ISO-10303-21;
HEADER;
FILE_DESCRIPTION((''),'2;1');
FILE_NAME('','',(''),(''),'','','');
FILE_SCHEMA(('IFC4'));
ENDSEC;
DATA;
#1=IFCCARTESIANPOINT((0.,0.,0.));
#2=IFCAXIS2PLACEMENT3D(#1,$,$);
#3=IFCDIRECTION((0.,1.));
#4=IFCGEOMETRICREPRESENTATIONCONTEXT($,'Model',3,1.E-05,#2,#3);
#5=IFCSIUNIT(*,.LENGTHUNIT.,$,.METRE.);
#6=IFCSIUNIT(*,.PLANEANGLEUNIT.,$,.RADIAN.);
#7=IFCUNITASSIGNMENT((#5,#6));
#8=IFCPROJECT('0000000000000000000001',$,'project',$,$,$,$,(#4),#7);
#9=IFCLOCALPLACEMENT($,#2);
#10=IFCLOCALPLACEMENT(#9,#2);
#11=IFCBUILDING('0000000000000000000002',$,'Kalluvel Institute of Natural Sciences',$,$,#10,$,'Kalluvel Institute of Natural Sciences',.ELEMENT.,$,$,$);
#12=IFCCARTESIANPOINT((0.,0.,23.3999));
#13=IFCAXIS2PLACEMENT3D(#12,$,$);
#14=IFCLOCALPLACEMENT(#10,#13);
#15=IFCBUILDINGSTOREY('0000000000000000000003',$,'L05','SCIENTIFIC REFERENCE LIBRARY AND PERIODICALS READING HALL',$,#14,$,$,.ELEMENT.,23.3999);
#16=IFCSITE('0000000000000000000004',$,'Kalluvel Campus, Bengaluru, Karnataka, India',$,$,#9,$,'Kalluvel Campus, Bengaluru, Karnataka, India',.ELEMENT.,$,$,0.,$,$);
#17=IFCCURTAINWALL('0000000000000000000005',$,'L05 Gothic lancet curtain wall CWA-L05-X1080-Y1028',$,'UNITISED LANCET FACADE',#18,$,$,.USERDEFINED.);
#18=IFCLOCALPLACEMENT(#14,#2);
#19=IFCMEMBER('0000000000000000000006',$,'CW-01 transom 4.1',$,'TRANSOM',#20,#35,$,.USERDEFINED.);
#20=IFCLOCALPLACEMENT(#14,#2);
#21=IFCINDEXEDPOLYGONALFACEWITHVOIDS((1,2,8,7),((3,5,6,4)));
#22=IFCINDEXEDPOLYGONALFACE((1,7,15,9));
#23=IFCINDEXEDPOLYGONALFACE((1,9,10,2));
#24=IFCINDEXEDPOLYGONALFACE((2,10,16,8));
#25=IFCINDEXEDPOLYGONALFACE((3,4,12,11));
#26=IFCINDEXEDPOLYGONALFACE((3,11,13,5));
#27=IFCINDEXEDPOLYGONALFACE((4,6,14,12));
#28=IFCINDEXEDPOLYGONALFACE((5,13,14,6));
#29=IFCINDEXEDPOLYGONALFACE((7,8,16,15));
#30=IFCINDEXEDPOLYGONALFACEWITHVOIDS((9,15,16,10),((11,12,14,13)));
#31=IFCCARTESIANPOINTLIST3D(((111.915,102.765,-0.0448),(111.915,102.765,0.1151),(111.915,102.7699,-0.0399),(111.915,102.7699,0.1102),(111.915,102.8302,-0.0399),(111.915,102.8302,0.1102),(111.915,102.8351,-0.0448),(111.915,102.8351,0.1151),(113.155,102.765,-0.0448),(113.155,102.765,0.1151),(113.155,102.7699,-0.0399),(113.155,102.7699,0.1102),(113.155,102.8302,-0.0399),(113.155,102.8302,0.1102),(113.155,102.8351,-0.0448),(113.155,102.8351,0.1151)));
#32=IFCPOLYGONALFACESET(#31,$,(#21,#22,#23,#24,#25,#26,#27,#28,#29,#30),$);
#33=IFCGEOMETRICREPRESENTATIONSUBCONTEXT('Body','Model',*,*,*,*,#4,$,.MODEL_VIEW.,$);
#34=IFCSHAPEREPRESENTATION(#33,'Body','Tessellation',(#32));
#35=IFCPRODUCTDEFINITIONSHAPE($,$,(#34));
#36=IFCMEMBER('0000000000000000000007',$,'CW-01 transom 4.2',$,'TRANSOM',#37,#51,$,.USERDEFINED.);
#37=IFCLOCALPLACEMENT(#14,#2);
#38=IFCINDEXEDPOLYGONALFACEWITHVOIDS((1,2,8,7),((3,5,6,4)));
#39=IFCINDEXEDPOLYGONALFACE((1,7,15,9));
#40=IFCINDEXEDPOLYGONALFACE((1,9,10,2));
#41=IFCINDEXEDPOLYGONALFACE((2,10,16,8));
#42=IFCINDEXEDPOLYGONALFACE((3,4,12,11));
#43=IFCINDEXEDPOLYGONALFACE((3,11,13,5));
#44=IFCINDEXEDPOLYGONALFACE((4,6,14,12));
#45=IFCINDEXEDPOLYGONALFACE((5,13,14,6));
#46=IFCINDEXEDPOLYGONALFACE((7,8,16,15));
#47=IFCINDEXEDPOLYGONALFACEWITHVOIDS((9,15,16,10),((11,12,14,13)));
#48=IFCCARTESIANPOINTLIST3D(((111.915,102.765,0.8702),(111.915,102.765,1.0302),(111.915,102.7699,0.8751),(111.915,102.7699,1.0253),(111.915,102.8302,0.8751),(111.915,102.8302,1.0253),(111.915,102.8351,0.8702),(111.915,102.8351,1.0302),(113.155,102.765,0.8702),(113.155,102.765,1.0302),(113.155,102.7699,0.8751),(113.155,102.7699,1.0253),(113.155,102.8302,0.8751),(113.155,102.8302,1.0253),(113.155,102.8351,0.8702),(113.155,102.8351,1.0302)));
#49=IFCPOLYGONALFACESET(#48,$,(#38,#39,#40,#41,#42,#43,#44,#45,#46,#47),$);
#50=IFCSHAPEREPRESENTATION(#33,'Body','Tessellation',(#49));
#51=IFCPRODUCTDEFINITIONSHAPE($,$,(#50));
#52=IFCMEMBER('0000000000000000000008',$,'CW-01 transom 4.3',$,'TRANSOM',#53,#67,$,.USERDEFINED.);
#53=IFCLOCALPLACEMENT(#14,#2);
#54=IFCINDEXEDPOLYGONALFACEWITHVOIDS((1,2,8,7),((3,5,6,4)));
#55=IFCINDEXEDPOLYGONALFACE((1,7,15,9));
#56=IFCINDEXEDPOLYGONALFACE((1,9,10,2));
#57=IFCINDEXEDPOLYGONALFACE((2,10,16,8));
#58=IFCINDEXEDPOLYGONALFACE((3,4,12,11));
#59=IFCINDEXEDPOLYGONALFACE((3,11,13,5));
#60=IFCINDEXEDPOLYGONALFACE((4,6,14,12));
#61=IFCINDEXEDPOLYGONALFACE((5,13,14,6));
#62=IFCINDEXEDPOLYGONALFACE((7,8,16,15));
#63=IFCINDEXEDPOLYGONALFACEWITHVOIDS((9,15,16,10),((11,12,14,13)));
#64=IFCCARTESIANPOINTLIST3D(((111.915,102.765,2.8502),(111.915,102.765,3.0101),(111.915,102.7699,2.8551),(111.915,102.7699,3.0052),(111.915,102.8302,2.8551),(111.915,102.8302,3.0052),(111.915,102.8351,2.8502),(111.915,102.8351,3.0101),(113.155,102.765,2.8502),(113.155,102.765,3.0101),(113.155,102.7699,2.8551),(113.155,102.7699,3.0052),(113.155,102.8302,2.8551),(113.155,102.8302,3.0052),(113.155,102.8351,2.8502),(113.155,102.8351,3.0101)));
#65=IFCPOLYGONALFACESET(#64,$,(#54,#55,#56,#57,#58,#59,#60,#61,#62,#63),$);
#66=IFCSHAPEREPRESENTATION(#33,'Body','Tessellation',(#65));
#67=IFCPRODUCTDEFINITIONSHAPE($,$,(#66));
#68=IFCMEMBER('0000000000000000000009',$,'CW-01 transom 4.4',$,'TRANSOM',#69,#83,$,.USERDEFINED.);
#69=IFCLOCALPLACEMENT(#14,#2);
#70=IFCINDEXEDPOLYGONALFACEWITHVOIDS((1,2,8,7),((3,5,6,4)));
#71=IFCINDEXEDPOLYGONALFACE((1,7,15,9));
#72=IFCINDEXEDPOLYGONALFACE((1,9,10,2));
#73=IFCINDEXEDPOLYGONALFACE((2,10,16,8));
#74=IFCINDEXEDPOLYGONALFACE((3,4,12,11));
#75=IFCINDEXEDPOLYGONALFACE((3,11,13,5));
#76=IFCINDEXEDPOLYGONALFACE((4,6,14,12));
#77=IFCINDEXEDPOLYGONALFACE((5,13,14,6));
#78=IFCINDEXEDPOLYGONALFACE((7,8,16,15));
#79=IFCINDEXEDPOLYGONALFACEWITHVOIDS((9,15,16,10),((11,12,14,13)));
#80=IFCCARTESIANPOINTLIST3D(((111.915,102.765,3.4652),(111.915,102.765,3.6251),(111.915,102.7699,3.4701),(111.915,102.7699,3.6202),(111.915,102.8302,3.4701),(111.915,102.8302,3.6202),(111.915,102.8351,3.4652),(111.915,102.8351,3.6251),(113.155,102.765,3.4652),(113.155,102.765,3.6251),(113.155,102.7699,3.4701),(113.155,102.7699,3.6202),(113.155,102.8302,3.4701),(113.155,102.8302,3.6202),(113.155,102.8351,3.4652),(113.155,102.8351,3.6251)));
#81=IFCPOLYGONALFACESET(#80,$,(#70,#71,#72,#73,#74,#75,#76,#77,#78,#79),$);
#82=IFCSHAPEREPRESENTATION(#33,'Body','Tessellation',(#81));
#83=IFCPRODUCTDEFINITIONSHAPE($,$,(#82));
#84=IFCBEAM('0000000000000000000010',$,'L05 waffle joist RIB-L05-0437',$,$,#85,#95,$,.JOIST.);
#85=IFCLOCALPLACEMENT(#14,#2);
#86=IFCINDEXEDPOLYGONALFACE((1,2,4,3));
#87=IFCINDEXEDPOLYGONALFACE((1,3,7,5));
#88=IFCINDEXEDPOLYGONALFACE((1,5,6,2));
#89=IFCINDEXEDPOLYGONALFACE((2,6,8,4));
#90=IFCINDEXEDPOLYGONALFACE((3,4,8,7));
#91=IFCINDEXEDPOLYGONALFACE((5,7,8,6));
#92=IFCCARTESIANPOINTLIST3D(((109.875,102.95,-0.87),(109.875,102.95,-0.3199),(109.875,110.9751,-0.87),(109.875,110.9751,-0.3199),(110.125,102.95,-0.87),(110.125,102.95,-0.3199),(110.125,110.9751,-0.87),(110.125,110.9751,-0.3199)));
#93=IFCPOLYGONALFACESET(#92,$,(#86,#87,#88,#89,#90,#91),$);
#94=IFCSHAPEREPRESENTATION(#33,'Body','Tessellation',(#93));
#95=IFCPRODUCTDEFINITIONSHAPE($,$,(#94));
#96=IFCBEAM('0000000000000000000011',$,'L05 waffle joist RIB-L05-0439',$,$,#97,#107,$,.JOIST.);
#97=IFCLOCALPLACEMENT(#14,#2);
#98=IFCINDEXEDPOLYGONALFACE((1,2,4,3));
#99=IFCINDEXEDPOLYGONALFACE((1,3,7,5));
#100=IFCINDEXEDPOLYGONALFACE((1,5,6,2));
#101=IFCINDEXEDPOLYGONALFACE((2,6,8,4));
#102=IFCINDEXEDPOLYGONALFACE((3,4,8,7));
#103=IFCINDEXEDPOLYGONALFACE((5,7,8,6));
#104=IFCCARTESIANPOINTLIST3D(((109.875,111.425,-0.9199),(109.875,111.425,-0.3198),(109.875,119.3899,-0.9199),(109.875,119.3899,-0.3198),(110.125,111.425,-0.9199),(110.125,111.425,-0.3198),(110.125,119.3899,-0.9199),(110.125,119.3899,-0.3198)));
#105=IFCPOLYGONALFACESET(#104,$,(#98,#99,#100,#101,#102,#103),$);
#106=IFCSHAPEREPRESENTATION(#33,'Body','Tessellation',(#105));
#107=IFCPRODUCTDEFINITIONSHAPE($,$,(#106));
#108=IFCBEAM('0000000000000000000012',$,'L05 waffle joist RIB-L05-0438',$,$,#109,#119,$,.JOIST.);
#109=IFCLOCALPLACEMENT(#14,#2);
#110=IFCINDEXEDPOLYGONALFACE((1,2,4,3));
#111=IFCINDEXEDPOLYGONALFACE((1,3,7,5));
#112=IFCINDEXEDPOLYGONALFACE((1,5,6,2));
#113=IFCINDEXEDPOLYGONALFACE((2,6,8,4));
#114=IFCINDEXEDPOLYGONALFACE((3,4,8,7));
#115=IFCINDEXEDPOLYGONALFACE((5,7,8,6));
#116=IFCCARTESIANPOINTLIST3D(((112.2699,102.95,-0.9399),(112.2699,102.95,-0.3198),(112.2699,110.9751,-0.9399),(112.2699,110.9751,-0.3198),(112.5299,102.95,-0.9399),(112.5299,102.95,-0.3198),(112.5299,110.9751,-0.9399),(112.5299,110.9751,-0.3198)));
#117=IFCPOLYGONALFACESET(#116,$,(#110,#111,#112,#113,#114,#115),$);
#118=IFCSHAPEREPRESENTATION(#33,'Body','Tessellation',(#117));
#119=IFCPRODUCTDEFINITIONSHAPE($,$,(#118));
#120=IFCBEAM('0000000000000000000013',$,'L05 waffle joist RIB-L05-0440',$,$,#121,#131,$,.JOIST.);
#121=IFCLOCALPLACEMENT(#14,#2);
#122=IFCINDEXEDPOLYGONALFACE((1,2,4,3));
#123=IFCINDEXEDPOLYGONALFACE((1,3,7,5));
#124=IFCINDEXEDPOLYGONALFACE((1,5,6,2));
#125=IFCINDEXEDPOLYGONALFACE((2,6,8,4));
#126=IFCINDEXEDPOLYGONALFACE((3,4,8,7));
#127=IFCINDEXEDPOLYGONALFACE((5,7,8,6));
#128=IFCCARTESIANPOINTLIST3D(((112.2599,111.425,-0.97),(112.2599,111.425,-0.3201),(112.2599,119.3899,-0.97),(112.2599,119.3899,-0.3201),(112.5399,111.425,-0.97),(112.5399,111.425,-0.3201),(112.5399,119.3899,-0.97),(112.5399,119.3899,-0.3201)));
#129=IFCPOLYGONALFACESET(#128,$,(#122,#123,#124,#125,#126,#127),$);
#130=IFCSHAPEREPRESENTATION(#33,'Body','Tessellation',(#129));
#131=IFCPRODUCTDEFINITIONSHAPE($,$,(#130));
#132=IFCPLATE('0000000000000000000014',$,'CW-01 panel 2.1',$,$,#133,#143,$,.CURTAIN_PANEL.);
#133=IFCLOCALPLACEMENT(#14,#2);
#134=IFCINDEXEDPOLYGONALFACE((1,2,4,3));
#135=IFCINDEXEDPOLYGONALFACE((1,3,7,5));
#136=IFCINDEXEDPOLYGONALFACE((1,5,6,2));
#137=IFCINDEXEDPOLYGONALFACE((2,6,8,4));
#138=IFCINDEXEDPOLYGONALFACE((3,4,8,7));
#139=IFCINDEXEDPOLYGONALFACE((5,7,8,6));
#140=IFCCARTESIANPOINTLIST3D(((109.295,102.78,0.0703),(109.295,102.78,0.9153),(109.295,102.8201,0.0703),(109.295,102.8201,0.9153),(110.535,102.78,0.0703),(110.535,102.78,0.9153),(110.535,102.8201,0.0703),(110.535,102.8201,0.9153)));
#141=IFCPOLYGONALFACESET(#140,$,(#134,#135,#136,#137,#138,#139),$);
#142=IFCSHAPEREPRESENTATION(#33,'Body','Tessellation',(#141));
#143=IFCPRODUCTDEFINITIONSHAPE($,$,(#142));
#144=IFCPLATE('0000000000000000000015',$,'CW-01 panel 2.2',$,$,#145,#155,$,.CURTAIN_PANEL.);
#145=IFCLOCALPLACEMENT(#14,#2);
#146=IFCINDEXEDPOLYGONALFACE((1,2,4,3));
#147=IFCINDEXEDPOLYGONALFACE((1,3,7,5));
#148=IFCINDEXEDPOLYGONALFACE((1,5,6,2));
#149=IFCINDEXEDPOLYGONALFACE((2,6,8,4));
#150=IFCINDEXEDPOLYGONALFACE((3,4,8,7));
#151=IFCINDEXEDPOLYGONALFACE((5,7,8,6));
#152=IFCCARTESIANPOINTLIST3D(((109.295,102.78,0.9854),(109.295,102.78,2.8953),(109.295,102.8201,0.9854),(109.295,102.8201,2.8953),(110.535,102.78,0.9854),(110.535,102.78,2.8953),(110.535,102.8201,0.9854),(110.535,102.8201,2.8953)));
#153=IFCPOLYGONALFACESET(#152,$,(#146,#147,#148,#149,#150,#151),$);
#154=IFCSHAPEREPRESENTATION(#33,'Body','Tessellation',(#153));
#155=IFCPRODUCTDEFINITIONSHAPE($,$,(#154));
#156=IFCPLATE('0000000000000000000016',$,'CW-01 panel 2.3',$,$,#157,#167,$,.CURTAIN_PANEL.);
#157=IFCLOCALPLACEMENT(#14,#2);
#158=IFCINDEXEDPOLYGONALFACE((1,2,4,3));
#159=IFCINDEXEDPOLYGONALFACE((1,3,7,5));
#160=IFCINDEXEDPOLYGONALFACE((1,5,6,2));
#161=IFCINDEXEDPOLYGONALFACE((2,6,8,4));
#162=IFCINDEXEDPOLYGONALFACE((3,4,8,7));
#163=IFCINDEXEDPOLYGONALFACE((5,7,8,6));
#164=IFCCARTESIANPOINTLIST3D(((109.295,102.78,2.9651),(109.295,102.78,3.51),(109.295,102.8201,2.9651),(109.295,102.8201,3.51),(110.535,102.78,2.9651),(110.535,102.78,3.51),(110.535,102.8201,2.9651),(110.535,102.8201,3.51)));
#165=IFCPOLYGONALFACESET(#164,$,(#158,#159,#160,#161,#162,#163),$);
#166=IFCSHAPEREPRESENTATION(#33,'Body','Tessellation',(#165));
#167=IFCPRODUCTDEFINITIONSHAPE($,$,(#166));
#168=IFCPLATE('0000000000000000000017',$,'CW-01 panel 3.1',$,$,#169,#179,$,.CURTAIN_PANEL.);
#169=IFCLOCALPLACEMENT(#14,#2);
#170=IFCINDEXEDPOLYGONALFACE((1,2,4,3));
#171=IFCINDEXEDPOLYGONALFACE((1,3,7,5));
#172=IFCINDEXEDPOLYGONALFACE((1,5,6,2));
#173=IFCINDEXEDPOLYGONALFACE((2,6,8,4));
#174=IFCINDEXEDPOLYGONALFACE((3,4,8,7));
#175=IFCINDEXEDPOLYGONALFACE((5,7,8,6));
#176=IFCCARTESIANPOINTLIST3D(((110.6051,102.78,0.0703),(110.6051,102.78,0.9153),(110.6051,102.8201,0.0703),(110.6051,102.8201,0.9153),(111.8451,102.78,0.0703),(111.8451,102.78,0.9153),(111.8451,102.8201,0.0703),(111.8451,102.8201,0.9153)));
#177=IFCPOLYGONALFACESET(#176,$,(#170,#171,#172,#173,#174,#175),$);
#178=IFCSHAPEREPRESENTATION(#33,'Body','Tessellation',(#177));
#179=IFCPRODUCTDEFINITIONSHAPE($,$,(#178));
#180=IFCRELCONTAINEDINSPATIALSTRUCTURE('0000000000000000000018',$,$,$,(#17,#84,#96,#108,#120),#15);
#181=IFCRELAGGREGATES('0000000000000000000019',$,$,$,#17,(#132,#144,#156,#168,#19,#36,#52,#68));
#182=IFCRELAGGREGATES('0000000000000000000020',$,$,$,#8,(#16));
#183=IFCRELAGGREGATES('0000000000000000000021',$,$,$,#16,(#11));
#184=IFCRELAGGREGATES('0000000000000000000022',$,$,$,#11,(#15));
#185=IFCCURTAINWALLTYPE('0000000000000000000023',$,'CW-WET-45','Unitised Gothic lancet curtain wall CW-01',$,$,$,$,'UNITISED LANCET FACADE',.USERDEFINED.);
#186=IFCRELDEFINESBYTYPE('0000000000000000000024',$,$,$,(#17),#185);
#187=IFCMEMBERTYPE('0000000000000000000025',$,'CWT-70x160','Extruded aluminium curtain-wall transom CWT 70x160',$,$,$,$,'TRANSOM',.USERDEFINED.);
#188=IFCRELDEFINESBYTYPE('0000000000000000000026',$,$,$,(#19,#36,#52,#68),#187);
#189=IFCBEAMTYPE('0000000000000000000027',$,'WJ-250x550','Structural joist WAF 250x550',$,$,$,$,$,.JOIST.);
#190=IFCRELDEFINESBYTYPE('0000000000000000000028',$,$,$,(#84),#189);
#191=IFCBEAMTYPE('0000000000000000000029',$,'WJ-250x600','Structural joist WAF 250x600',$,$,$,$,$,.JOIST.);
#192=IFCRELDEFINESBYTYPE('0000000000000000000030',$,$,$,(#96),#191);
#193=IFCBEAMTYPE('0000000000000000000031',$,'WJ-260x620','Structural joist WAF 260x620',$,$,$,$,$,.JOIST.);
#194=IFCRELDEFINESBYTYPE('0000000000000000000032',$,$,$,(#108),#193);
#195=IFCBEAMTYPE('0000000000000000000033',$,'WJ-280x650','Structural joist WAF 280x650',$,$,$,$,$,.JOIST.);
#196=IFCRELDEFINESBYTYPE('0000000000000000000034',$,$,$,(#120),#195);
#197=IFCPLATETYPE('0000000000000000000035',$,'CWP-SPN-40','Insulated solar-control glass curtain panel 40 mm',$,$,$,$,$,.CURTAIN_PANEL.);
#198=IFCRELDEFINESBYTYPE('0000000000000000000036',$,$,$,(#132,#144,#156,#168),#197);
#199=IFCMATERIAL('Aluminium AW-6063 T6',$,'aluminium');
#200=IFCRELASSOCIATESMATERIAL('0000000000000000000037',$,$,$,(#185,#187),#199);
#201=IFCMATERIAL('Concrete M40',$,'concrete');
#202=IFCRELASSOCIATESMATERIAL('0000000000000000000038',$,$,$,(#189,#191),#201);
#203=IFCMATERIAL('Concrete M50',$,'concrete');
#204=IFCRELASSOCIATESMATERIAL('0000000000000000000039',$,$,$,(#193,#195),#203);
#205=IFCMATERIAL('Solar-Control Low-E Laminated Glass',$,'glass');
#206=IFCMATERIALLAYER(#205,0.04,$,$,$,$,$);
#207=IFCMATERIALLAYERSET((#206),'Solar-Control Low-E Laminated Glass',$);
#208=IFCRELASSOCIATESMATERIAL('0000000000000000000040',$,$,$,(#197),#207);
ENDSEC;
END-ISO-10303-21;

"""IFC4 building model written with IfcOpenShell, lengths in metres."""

from ifc_helpers import new_model, si_unit, direction, frame, origin, origin_2d, place, context, subcontext, project, spatial, rectangle, hollow_rectangle, extrude, material, layer, layer_set, material_profile, profile_set, type_object, element, aggregate, save


model = new_model("IFC4")

# Units and contexts
model_context = context("Model", 3, precision=1e-05, world=origin(), true_north=direction((0.0, 1.0)))
body_context = subcontext(model_context, "Body", "Model", "MODEL_VIEW")
ifc_project = project(units=[si_unit("LENGTHUNIT", "METRE"), si_unit("PLANEANGLEUNIT", "RADIAN")], contexts=[model_context])

# Site, building, storey
site_placement = place(None, origin())
site = spatial("IfcSite", under=ifc_project, at=site_placement, Name="Kalluvel Campus, Bengaluru, Karnataka, India", LongName="Kalluvel Campus, Bengaluru, Karnataka, India", CompositionType="ELEMENT", RefElevation=0.0)
building_placement = place(site_placement, origin())
building = spatial("IfcBuilding", under=site, at=building_placement, Name="Kalluvel Institute of Natural Sciences", LongName="Kalluvel Institute of Natural Sciences", CompositionType="ELEMENT")
storey_placement = place(building_placement, frame((0.0, 0.0, 23.3999)))
storey = spatial("IfcBuildingStorey", under=building, at=storey_placement, Name="L05", Description="SCIENTIFIC REFERENCE LIBRARY AND PERIODICALS READING HALL", CompositionType="ELEMENT", Elevation=23.3999)

# Curtain wall, members
ifc_material_1 = material(Name="Aluminium AW-6063 T6", Category="aluminium")
curtain_wall_type = type_object("IfcCurtainWallType", Name="CW-WET-45", Description="Unitised Gothic lancet curtain wall CW-01", ElementType="UNITISED LANCET FACADE", PredefinedType="USERDEFINED", material=ifc_material_1)
curtain_wall_placement = place(storey_placement, origin())
curtain_wall = element("IfcCurtainWall", 1, at=curtain_wall_placement, inside=storey, type_object=curtain_wall_type, Name="L05 Gothic lancet curtain wall CWA-L05-X1080-Y1028", ObjectType="UNITISED LANCET FACADE", PredefinedType="USERDEFINED")
ifc_material_profile_1 = material_profile(ifc_material_1, hollow_rectangle(XDim=0.0701, YDim=0.1599, WallThickness=0.0049, at=origin_2d()), Name="CWT 70x160")
ifc_profile_set_1 = profile_set([ifc_material_profile_1], Name="Aluminium AW-6063 T6")
member_type_1 = type_object("IfcMemberType", Name="CWT-70x160", Description="Extruded aluminium curtain-wall transom CWT 70x160", ElementType="TRANSOM", PredefinedType="USERDEFINED", material=ifc_profile_set_1)
member_1_placement = place(storey_placement, frame((111.915, 102.8, 0.0352), z_axis=(1.0, 0.0, 0.0), x_axis=(0.0, 1.0, 0.0)))
member_1 = element("IfcMember", 2, at=member_1_placement, type_object=member_type_1, Name="CW-01 transom 4.1", ObjectType="TRANSOM", PredefinedType="USERDEFINED", context=body_context, shape_type="SweptSolid", body=[
    extrude(hollow_rectangle(XDim=0.0701, YDim=0.1599, WallThickness=0.0049, at=origin_2d()), origin(), (0.0, 0.0, 1.0), 1.24),
])
member_2_placement = place(storey_placement, frame((111.915, 102.8, 0.9502), z_axis=(1.0, 0.0, 0.0), x_axis=(0.0, 1.0, 0.0)))
member_2 = element("IfcMember", 3, at=member_2_placement, type_object=member_type_1, Name="CW-01 transom 4.2", ObjectType="TRANSOM", PredefinedType="USERDEFINED", context=body_context, shape_type="SweptSolid", body=[
    extrude(hollow_rectangle(XDim=0.0701, YDim=0.1599, WallThickness=0.0049, at=origin_2d()), origin(), (0.0, 0.0, 1.0), 1.24),
])
member_3_placement = place(storey_placement, frame((111.915, 102.8, 2.9302), z_axis=(1.0, 0.0, 0.0), x_axis=(0.0, 1.0, 0.0)))
member_3 = element("IfcMember", 4, at=member_3_placement, type_object=member_type_1, Name="CW-01 transom 4.3", ObjectType="TRANSOM", PredefinedType="USERDEFINED", context=body_context, shape_type="SweptSolid", body=[
    extrude(hollow_rectangle(XDim=0.0701, YDim=0.1599, WallThickness=0.0049, at=origin_2d()), origin(), (0.0, 0.0, 1.0), 1.24),
])
member_4_placement = place(storey_placement, frame((111.915, 102.8, 3.5452), z_axis=(1.0, 0.0, 0.0), x_axis=(0.0, 1.0, 0.0)))
member_4 = element("IfcMember", 5, at=member_4_placement, type_object=member_type_1, Name="CW-01 transom 4.4", ObjectType="TRANSOM", PredefinedType="USERDEFINED", context=body_context, shape_type="SweptSolid", body=[
    extrude(hollow_rectangle(XDim=0.0701, YDim=0.1599, WallThickness=0.0049, at=origin_2d()), origin(), (0.0, 0.0, 1.0), 1.24),
])

# Beams
ifc_material_2 = material(Name="Concrete M40", Category="concrete")
ifc_material_profile_2 = material_profile(ifc_material_2, rectangle(XDim=0.25, YDim=0.55, at=origin_2d()), Name="WAF 250x550")
ifc_profile_set_2 = profile_set([ifc_material_profile_2], Name="Concrete M40")
beam_type_1 = type_object("IfcBeamType", Name="WJ-250x550", Description="Structural joist WAF 250x550", PredefinedType="JOIST", material=ifc_profile_set_2)
beam_1_placement = place(storey_placement, frame((110.0, 102.95, -0.595), z_axis=(0.0, 1.0, 0.0), x_axis=(-1.0, 0.0, 0.0)))
element("IfcBeam", 6, at=beam_1_placement, inside=storey, type_object=beam_type_1, Name="L05 waffle joist RIB-L05-0437", PredefinedType="JOIST", context=body_context, shape_type="SweptSolid", body=[
    extrude(rectangle(XDim=0.25, YDim=0.55, at=origin_2d()), origin(), (0.0, 0.0, 1.0), 8.0251),
])
ifc_material_profile_3 = material_profile(ifc_material_2, rectangle(XDim=0.25, YDim=0.6001, at=origin_2d()), Name="WAF 250x600")
ifc_profile_set_3 = profile_set([ifc_material_profile_3], Name="Concrete M40")
beam_type_2 = type_object("IfcBeamType", Name="WJ-250x600", Description="Structural joist WAF 250x600", PredefinedType="JOIST", material=ifc_profile_set_3)
beam_2_placement = place(storey_placement, frame((110.0, 111.425, -0.6199), z_axis=(0.0, 1.0, 0.0), x_axis=(-1.0, 0.0, 0.0)))
element("IfcBeam", 7, at=beam_2_placement, inside=storey, type_object=beam_type_2, Name="L05 waffle joist RIB-L05-0439", PredefinedType="JOIST", context=body_context, shape_type="SweptSolid", body=[
    extrude(rectangle(XDim=0.25, YDim=0.6001, at=origin_2d()), origin(), (0.0, 0.0, 1.0), 7.9648),
])
ifc_material_3 = material(Name="Concrete M50", Category="concrete")
ifc_material_profile_4 = material_profile(ifc_material_3, rectangle(XDim=0.26, YDim=0.6201, at=origin_2d()), Name="WAF 260x620")
ifc_profile_set_4 = profile_set([ifc_material_profile_4], Name="Concrete M50")
beam_type_3 = type_object("IfcBeamType", Name="WJ-260x620", Description="Structural joist WAF 260x620", PredefinedType="JOIST", material=ifc_profile_set_4)
beam_3_placement = place(storey_placement, frame((112.3999, 102.95, -0.6299), z_axis=(0.0, 1.0, 0.0), x_axis=(-1.0, 0.0, 0.0)))
element("IfcBeam", 8, at=beam_3_placement, inside=storey, type_object=beam_type_3, Name="L05 waffle joist RIB-L05-0438", PredefinedType="JOIST", context=body_context, shape_type="SweptSolid", body=[
    extrude(rectangle(XDim=0.26, YDim=0.6201, at=origin_2d()), origin(), (0.0, 0.0, 1.0), 8.0251),
])
ifc_material_profile_5 = material_profile(ifc_material_3, rectangle(XDim=0.28, YDim=0.6499, at=origin_2d()), Name="WAF 280x650")
ifc_profile_set_5 = profile_set([ifc_material_profile_5], Name="Concrete M50")
beam_type_4 = type_object("IfcBeamType", Name="WJ-280x650", Description="Structural joist WAF 280x650", PredefinedType="JOIST", material=ifc_profile_set_5)
beam_4_placement = place(storey_placement, frame((112.3999, 111.425, -0.645), z_axis=(0.0, 1.0, 0.0), x_axis=(-1.0, 0.0, 0.0)))
element("IfcBeam", 9, at=beam_4_placement, inside=storey, type_object=beam_type_4, Name="L05 waffle joist RIB-L05-0440", PredefinedType="JOIST", context=body_context, shape_type="SweptSolid", body=[
    extrude(rectangle(XDim=0.28, YDim=0.6499, at=origin_2d()), origin(), (0.0, 0.0, 1.0), 7.9648),
])

# Plates
ifc_material_4 = material(Name="Solar-Control Low-E Laminated Glass", Category="glass")
ifc_layer = layer(ifc_material_4, 0.04)
ifc_layer_set = layer_set([ifc_layer], Name="Solar-Control Low-E Laminated Glass")
plate_type = type_object("IfcPlateType", Name="CWP-SPN-40", Description="Insulated solar-control glass curtain panel 40 mm", PredefinedType="CURTAIN_PANEL", material=ifc_layer_set)
plate_1_placement = place(storey_placement, frame((109.915, 102.8, 0.0703), z_axis=(0.0, 0.0, 1.0), x_axis=(1.0, 0.0, 0.0)))
plate_1 = element("IfcPlate", 10, at=plate_1_placement, type_object=plate_type, Name="CW-01 panel 2.1", PredefinedType="CURTAIN_PANEL", context=body_context, shape_type="SweptSolid", body=[
    extrude(rectangle(XDim=1.24, YDim=0.04, at=origin_2d()), origin(), (0.0, 0.0, 1.0), 0.845),
])
plate_2_placement = place(storey_placement, frame((109.915, 102.8, 0.9854), z_axis=(0.0, 0.0, 1.0), x_axis=(1.0, 0.0, 0.0)))
plate_2 = element("IfcPlate", 11, at=plate_2_placement, type_object=plate_type, Name="CW-01 panel 2.2", PredefinedType="CURTAIN_PANEL", context=body_context, shape_type="SweptSolid", body=[
    extrude(rectangle(XDim=1.24, YDim=0.04, at=origin_2d()), origin(), (0.0, 0.0, 1.0), 1.9099),
])
plate_3_placement = place(storey_placement, frame((109.915, 102.8, 2.9651), z_axis=(0.0, 0.0, 1.0), x_axis=(1.0, 0.0, 0.0)))
plate_3 = element("IfcPlate", 12, at=plate_3_placement, type_object=plate_type, Name="CW-01 panel 2.3", PredefinedType="CURTAIN_PANEL", context=body_context, shape_type="SweptSolid", body=[
    extrude(rectangle(XDim=1.24, YDim=0.04, at=origin_2d()), origin(), (0.0, 0.0, 1.0), 0.5449),
])
plate_4_placement = place(storey_placement, frame((111.2251, 102.8, 0.0703), z_axis=(0.0, 0.0, 1.0), x_axis=(1.0, 0.0, 0.0)))
plate_4 = element("IfcPlate", 13, at=plate_4_placement, type_object=plate_type, Name="CW-01 panel 3.1", PredefinedType="CURTAIN_PANEL", context=body_context, shape_type="SweptSolid", body=[
    extrude(rectangle(XDim=1.24, YDim=0.04, at=origin_2d()), origin(), (0.0, 0.0, 1.0), 0.845),
])
aggregate(curtain_wall, [plate_1, plate_2, plate_3, plate_4, member_1, member_2, member_3, member_4])

save(model, "model.ifc")
